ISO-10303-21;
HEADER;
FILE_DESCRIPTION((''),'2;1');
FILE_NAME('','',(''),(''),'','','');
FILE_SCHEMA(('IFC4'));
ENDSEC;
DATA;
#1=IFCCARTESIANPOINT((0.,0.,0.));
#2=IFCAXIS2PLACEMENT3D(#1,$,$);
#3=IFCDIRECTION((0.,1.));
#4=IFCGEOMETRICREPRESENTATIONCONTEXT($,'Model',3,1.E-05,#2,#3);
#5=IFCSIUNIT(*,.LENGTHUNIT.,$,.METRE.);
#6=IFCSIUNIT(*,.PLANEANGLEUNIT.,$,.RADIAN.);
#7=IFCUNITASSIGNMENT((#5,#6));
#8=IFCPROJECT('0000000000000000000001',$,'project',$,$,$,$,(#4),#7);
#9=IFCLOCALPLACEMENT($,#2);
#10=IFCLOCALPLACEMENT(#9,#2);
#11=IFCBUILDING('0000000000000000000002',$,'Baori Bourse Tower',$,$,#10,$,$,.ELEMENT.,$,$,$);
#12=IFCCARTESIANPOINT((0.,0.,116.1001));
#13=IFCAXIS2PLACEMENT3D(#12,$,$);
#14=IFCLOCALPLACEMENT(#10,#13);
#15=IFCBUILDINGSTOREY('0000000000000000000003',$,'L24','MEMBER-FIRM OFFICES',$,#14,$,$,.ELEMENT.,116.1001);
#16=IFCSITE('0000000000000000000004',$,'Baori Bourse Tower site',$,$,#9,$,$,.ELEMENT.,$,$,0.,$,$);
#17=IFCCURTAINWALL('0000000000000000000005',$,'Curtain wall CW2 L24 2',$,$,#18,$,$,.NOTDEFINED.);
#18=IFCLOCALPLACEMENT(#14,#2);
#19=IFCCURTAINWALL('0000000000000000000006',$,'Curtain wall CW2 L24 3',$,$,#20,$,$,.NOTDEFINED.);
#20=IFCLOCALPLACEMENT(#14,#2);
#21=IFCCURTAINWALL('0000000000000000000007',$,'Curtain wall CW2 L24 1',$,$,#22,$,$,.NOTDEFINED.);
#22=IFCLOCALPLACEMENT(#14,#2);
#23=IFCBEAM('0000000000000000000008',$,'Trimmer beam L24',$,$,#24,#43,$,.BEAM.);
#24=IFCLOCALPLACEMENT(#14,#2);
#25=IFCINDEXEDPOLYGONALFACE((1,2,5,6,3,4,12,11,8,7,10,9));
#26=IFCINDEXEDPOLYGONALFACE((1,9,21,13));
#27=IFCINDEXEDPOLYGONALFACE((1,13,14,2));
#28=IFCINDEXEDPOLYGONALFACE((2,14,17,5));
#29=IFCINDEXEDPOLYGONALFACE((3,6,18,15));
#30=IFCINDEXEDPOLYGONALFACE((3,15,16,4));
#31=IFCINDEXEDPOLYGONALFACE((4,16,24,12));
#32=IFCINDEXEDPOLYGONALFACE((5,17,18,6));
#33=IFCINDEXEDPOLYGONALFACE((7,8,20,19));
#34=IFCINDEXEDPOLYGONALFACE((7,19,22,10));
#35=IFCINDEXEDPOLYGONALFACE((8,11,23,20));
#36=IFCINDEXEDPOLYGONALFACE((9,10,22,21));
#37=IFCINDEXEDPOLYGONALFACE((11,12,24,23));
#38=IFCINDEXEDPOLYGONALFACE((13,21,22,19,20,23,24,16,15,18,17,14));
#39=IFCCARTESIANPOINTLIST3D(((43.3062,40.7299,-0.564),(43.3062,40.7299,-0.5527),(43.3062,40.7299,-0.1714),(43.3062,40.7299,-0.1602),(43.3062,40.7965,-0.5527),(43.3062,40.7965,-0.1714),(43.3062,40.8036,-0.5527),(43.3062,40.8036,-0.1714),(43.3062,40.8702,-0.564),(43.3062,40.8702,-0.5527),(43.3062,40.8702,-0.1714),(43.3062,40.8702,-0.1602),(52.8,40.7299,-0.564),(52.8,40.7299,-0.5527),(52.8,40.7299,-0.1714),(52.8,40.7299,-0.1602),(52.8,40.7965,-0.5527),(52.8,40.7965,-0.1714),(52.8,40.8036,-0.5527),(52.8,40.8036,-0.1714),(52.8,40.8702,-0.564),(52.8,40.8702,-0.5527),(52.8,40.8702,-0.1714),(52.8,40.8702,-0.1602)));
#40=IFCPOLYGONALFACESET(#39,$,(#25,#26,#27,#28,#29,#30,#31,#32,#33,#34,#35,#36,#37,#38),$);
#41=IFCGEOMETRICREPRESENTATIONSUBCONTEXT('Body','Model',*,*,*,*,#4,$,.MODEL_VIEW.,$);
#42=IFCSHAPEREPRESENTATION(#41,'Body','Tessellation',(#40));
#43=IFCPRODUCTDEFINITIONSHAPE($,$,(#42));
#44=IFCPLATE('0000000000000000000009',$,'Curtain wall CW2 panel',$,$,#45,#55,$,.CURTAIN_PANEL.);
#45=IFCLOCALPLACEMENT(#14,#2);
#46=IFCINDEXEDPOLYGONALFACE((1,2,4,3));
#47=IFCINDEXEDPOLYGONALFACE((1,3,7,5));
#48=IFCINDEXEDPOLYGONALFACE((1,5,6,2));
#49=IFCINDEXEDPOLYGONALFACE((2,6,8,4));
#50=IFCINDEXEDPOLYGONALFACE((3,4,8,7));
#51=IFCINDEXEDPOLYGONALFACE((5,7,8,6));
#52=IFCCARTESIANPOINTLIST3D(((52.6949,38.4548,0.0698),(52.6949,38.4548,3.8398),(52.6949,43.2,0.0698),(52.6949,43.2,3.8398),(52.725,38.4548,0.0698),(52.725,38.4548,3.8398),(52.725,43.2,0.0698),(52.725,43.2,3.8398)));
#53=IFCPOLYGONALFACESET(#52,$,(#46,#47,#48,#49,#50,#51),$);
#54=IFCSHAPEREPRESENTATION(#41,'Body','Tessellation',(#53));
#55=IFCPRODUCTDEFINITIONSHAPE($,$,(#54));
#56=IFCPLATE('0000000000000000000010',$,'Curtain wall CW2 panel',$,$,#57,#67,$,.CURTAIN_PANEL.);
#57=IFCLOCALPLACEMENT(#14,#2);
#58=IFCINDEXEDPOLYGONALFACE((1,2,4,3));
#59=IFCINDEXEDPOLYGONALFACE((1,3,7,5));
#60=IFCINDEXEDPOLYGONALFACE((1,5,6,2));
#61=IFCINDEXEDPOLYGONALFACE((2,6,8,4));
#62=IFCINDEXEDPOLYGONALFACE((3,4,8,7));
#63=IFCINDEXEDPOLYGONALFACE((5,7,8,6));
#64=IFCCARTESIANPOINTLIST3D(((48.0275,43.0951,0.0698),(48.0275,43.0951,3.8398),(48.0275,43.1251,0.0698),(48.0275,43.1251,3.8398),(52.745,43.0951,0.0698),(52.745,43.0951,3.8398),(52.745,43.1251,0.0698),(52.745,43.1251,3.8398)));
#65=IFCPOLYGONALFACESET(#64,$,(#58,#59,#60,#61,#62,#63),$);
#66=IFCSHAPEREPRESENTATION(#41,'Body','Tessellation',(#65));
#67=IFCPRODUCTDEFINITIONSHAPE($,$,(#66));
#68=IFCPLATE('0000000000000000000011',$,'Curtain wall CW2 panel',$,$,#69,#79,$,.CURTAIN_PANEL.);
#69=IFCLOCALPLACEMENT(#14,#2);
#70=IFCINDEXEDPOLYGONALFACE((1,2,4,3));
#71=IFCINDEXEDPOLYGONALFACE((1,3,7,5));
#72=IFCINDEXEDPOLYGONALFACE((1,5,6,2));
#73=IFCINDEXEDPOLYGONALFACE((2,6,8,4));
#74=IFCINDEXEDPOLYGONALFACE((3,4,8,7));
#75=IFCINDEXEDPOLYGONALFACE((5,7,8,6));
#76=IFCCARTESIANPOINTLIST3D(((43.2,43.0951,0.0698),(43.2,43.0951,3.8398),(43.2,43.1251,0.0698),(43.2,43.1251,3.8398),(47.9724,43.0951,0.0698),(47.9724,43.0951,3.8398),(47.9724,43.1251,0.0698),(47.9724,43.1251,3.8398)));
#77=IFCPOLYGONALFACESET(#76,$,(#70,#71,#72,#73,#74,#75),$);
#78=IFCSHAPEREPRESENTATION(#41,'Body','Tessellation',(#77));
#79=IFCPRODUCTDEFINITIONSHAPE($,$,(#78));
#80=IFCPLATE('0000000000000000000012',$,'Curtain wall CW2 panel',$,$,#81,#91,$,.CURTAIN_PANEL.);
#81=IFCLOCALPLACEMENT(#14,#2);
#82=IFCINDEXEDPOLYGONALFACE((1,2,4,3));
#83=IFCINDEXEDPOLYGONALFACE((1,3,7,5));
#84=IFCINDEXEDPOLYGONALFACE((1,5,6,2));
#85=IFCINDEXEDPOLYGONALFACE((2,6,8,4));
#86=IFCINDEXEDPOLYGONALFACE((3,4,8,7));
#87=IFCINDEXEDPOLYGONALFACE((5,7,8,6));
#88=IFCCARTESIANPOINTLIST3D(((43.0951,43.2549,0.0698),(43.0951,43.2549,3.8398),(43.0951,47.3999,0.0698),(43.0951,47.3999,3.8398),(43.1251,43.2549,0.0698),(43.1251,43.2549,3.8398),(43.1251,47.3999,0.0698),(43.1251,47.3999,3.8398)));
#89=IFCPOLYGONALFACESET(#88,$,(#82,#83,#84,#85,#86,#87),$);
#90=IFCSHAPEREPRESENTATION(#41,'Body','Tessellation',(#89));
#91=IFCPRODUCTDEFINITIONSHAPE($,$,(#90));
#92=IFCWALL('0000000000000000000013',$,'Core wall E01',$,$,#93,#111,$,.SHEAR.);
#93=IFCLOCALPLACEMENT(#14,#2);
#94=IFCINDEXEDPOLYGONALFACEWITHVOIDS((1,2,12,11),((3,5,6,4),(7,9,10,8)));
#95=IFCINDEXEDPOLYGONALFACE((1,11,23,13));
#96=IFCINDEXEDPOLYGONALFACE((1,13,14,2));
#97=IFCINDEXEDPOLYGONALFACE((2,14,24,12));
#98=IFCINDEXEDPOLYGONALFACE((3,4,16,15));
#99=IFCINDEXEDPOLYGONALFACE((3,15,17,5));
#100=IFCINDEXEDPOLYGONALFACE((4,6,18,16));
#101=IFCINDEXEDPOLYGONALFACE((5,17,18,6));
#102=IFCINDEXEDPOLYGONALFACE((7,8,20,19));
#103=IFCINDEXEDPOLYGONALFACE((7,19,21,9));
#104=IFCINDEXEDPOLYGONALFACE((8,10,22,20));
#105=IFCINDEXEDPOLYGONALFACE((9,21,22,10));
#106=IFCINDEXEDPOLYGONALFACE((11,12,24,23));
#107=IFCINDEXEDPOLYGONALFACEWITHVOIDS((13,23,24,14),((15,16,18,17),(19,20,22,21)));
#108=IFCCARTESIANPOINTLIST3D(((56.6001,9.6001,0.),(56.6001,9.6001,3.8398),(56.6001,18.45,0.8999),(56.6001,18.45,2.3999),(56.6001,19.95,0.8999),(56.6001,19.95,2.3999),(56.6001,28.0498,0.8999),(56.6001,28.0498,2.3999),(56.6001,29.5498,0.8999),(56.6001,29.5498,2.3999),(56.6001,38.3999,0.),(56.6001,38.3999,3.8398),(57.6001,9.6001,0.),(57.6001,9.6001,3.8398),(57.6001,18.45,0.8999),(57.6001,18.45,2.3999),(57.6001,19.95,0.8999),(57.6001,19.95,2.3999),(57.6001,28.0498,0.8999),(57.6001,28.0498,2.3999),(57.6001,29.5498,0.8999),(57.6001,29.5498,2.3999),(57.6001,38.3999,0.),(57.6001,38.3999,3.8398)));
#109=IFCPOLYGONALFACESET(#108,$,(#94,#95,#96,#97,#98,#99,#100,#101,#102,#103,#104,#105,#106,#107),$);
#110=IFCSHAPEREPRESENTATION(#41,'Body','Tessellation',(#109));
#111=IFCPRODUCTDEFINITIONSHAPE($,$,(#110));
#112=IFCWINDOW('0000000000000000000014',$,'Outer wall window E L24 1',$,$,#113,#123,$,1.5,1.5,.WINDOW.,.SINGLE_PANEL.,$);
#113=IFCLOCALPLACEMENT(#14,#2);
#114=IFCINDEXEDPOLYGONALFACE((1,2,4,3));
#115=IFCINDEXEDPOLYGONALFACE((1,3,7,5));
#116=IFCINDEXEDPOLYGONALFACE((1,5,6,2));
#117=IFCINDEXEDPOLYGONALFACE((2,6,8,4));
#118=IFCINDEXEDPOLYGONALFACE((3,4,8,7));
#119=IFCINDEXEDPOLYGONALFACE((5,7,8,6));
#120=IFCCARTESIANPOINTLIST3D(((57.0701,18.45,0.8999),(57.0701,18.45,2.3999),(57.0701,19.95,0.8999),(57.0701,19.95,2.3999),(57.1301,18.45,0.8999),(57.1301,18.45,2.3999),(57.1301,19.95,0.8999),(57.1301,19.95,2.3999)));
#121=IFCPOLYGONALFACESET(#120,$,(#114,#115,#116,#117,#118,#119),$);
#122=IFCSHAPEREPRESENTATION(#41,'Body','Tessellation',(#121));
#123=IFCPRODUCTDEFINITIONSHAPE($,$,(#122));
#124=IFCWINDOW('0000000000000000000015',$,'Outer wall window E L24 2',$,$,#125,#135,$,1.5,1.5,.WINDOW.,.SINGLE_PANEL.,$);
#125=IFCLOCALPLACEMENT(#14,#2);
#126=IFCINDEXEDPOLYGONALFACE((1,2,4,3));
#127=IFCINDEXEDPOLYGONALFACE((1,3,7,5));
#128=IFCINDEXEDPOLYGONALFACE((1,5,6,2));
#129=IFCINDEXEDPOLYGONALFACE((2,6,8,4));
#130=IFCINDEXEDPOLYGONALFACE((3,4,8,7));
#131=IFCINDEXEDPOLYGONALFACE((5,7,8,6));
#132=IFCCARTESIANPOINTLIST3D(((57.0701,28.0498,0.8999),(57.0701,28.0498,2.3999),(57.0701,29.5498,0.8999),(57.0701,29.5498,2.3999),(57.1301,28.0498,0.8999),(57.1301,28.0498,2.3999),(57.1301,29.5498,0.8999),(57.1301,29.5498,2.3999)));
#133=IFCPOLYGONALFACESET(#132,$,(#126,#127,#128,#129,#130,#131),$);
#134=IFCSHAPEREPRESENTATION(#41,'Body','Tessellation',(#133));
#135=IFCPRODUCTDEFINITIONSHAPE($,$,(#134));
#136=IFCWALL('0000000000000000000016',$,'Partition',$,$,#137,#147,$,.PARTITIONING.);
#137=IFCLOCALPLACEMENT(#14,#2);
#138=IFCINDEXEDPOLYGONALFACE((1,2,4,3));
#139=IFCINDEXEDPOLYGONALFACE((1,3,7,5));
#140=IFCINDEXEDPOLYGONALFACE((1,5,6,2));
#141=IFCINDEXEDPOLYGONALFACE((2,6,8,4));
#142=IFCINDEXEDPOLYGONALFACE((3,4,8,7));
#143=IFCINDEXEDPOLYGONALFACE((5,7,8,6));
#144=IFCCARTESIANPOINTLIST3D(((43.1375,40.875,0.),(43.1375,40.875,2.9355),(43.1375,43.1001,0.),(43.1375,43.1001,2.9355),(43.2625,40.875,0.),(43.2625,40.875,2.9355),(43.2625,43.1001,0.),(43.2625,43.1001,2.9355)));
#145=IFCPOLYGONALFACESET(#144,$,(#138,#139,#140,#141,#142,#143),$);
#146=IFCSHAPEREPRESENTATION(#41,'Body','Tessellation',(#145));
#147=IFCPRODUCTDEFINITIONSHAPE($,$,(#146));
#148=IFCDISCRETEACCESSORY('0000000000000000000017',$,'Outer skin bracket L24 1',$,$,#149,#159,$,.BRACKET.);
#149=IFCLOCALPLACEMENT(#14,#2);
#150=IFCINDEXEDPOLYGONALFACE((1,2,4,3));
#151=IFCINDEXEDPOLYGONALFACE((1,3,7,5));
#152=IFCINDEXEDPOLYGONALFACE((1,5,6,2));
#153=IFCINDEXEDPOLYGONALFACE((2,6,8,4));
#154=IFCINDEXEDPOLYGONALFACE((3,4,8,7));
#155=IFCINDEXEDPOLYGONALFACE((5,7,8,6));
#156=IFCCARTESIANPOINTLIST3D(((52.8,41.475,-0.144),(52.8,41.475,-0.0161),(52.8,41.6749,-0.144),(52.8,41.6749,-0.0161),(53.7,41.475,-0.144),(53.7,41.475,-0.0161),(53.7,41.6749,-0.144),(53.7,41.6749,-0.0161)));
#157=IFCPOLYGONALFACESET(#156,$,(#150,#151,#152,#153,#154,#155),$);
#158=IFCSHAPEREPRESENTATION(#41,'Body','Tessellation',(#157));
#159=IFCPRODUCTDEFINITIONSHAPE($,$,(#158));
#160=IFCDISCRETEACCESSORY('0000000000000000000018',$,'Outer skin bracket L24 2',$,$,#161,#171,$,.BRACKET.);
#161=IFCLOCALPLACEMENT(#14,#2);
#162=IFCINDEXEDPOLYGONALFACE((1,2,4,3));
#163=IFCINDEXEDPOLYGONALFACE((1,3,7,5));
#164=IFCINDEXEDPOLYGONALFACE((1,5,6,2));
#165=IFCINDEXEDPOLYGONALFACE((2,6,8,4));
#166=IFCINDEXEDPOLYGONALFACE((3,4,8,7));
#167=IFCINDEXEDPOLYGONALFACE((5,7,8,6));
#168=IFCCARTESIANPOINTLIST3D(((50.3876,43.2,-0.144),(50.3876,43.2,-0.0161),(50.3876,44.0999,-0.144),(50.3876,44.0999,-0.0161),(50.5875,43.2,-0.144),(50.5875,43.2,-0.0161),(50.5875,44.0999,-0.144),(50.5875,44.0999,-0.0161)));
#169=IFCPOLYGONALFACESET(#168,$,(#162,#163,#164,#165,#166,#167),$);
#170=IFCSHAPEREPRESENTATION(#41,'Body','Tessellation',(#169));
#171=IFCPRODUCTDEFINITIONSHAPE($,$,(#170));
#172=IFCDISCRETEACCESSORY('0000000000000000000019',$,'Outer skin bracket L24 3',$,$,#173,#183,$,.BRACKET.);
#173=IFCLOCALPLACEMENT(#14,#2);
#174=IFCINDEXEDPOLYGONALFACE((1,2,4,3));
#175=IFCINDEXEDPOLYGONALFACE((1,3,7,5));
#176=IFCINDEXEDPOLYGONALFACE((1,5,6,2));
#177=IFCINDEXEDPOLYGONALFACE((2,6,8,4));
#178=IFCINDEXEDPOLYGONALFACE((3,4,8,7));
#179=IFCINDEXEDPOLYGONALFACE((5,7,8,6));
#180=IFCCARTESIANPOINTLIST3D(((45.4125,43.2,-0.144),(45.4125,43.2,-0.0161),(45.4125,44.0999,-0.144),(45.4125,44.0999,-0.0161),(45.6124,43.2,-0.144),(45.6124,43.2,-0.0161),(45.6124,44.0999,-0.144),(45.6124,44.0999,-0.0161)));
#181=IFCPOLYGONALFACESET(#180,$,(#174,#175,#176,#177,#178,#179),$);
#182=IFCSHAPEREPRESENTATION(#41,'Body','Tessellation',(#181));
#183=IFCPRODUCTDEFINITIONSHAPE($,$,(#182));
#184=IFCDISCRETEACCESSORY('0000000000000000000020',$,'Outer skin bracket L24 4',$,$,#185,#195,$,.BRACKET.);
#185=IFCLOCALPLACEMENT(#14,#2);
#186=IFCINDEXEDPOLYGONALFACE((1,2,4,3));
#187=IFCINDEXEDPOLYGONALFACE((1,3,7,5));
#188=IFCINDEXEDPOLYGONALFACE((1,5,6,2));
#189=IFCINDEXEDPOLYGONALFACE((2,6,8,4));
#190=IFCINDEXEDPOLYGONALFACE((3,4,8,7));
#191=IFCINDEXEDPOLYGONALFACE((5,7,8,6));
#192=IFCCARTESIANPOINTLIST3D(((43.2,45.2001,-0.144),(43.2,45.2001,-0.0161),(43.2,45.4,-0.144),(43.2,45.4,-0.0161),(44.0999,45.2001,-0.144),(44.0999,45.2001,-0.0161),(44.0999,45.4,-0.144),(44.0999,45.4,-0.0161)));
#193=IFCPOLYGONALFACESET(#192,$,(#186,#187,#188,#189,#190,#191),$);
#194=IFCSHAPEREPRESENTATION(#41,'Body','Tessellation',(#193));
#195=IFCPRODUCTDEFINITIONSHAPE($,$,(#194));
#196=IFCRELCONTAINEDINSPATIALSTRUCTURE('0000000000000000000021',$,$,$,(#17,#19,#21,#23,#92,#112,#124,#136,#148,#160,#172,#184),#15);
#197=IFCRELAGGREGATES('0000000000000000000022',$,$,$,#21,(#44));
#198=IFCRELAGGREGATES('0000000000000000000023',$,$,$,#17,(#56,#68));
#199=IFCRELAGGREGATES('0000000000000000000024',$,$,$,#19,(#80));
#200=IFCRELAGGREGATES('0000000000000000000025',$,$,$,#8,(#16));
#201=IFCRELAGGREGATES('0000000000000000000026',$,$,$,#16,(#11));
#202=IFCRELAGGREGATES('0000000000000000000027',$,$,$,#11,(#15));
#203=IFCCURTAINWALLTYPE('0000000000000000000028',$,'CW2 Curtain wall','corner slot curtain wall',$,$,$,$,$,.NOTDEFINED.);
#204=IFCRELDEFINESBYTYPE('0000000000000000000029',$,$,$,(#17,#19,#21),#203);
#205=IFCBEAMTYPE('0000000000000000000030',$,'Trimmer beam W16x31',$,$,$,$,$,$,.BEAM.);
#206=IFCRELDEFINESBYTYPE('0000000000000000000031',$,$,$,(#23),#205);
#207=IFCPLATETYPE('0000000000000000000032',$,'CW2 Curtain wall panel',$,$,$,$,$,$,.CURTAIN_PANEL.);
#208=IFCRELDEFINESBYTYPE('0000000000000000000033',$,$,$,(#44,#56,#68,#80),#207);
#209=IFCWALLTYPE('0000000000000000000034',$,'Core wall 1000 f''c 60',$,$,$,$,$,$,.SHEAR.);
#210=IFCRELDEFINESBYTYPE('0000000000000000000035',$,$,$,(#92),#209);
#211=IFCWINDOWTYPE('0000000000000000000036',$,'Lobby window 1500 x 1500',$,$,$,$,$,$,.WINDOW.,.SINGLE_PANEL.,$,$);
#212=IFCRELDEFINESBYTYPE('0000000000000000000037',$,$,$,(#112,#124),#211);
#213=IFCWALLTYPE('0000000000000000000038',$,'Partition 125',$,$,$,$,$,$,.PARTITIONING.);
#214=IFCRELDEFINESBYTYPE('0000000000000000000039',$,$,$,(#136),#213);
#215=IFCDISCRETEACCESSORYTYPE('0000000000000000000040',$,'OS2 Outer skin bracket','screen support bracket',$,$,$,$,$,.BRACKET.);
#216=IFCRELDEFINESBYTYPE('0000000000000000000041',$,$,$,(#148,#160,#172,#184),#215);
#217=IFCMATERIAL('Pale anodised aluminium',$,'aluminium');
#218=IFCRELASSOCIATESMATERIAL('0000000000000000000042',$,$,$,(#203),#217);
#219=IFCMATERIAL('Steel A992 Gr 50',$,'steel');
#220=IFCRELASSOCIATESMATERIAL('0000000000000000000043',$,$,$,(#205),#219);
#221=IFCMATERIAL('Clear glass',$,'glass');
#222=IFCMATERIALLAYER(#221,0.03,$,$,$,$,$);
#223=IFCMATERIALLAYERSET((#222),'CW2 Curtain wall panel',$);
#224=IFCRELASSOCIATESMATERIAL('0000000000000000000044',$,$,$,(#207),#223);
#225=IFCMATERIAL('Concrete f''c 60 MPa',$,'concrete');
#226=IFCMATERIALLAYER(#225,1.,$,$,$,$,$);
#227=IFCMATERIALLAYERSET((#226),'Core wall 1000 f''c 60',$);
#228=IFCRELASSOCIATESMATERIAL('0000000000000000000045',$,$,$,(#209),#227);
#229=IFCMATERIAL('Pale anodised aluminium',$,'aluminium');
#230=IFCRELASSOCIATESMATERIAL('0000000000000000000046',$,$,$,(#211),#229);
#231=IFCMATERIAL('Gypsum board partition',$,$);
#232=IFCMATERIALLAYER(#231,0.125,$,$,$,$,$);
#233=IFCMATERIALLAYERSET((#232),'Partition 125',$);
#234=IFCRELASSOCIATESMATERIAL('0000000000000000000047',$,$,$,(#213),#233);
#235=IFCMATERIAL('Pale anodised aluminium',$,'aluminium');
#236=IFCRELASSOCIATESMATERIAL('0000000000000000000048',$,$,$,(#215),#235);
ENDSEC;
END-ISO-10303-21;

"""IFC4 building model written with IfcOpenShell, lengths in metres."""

from ifc_helpers import new_model, si_unit, direction, frame, frame_2d, origin, origin_2d, place, context, subcontext, project, spatial, rectangle, i_section, extrude, material, layer, layer_set, material_profile, profile_set, type_object, element, fill, aggregate, save


model = new_model("IFC4")

# Units and contexts
model_context = context("Model", 3, precision=1e-05, world=origin(), true_north=direction((0.0, 1.0)))
body_context = subcontext(model_context, "Body", "Model", "MODEL_VIEW")
ifc_project = project(units=[si_unit("LENGTHUNIT", "METRE"), si_unit("PLANEANGLEUNIT", "RADIAN")], contexts=[model_context])

# Site, building, storey
site_placement = place(None, origin())
site = spatial("IfcSite", under=ifc_project, at=site_placement, Name="Baori Bourse Tower site", CompositionType="ELEMENT", RefElevation=0.0)
building_placement = place(site_placement, origin())
building = spatial("IfcBuilding", under=site, at=building_placement, Name="Baori Bourse Tower", CompositionType="ELEMENT")
storey_placement = place(building_placement, frame((0.0, 0.0, 116.1001)))
storey = spatial("IfcBuildingStorey", under=building, at=storey_placement, Name="L24", Description="MEMBER-FIRM OFFICES", CompositionType="ELEMENT", Elevation=116.1001)

# Curtain wall
ifc_material_1 = material(Name="Pale anodised aluminium", Category="aluminium")
curtain_wall_type_1 = type_object("IfcCurtainWallType", Name="CW2 Curtain wall", Description="corner slot curtain wall", PredefinedType="NOTDEFINED", material=ifc_material_1)
curtain_wall_1_placement = place(storey_placement, origin())
curtain_wall_1 = element("IfcCurtainWall", 1, at=curtain_wall_1_placement, inside=storey, type_object=curtain_wall_type_1, Name="Curtain wall CW2 L24 2", PredefinedType="NOTDEFINED")

# Curtain walls
curtain_wall_2_placement = place(storey_placement, origin())
curtain_wall_2 = element("IfcCurtainWall", 2, at=curtain_wall_2_placement, inside=storey, type_object=curtain_wall_type_1, Name="Curtain wall CW2 L24 3", PredefinedType="NOTDEFINED")
curtain_wall_3_placement = place(storey_placement, origin())
curtain_wall_3 = element("IfcCurtainWall", 3, at=curtain_wall_3_placement, inside=storey, type_object=curtain_wall_type_1, Name="Curtain wall CW2 L24 1", PredefinedType="NOTDEFINED")

# Beam
ifc_material_2 = material(Name="Steel A992 Gr 50", Category="steel")
ifc_material_profile_1 = material_profile(ifc_material_2, i_section(OverallWidth=0.1404, OverallDepth=0.4038, WebThickness=0.0071, FlangeThickness=0.0112, at=origin_2d()), Name="W16x31")
ifc_profile_set_1 = profile_set([ifc_material_profile_1], Name="Steel A992 Gr 50")
beam_type_1 = type_object("IfcBeamType", Name="Trimmer beam W16x31", PredefinedType="BEAM", material=ifc_profile_set_1)
beam_1_placement = place(storey_placement, frame((43.3062, 40.8, -0.3621), z_axis=(1.0, 0.0, 0.0), x_axis=(0.0, 1.0, 0.0)))
element("IfcBeam", 4, at=beam_1_placement, inside=storey, type_object=beam_type_1, Name="Trimmer beam L24", PredefinedType="BEAM", context=body_context, shape_type="SweptSolid", body=[
    extrude(i_section(OverallWidth=0.1404, OverallDepth=0.4038, WebThickness=0.0071, FlangeThickness=0.0112, at=origin_2d()), origin(), (0.0, 0.0, 1.0), 9.4939),
])

# Plates
ifc_material_3 = material(Name="Clear glass", Category="glass")
ifc_layer_1 = layer(ifc_material_3, 0.03)
ifc_layer_set_1 = layer_set([ifc_layer_1], Name="CW2 Curtain wall panel")
plate_type = type_object("IfcPlateType", Name="CW2 Curtain wall panel", PredefinedType="CURTAIN_PANEL", material=ifc_layer_set_1)
plate_1_placement = place(storey_placement, frame((52.71, 40.8274, 0.0698), z_axis=(0.0, 0.0, 1.0), x_axis=(0.0, 1.0, 0.0)))
plate_1 = element("IfcPlate", 5, at=plate_1_placement, type_object=plate_type, Name="Curtain wall CW2 panel", PredefinedType="CURTAIN_PANEL", context=body_context, shape_type="SweptSolid", body=[
    extrude(rectangle(XDim=4.7451, YDim=0.03, at=origin_2d()), origin(), (0.0, 0.0, 1.0), 3.77),
])
aggregate(curtain_wall_3, [plate_1])
plate_2_placement = place(storey_placement, frame((50.3862, 43.1101, 0.0698), z_axis=(0.0, 0.0, 1.0), x_axis=(-1.0, 0.0, 0.0)))
plate_2 = element("IfcPlate", 6, at=plate_2_placement, type_object=plate_type, Name="Curtain wall CW2 panel", PredefinedType="CURTAIN_PANEL", context=body_context, shape_type="SweptSolid", body=[
    extrude(rectangle(XDim=4.7175, YDim=0.03, at=origin_2d()), origin(), (0.0, 0.0, 1.0), 3.77),
])
plate_3_placement = place(storey_placement, frame((45.5862, 43.1101, 0.0698), z_axis=(0.0, 0.0, 1.0), x_axis=(-1.0, 0.0, 0.0)))
plate_3 = element("IfcPlate", 7, at=plate_3_placement, type_object=plate_type, Name="Curtain wall CW2 panel", PredefinedType="CURTAIN_PANEL", context=body_context, shape_type="SweptSolid", body=[
    extrude(rectangle(XDim=4.7725, YDim=0.03, at=origin_2d()), origin(), (0.0, 0.0, 1.0), 3.77),
])
aggregate(curtain_wall_1, [plate_2, plate_3])
plate_4_placement = place(storey_placement, frame((43.1101, 45.3274, 0.0698), z_axis=(0.0, 0.0, 1.0), x_axis=(0.0, 1.0, 0.0)))
plate_4 = element("IfcPlate", 8, at=plate_4_placement, type_object=plate_type, Name="Curtain wall CW2 panel", PredefinedType="CURTAIN_PANEL", context=body_context, shape_type="SweptSolid", body=[
    extrude(rectangle(XDim=4.145, YDim=0.03, at=origin_2d()), origin(), (0.0, 0.0, 1.0), 3.77),
])
aggregate(curtain_wall_2, [plate_4])

# Wall, openings, windows
ifc_material_4 = material(Name="Concrete f'c 60 MPa", Category="concrete")
ifc_layer_2 = layer(ifc_material_4, 1.0)
ifc_layer_set_2 = layer_set([ifc_layer_2], Name="Core wall 1000 f'c 60")
wall_type_1 = type_object("IfcWallType", Name="Core wall 1000 f'c 60", PredefinedType="SHEAR", material=ifc_layer_set_2)
wall_1_placement = place(storey_placement, frame((57.1001, 38.3999, 0.0), z_axis=(0.0, 0.0, 1.0), x_axis=(0.0, -1.0, 0.0)))
wall_1 = element("IfcWall", 9, at=wall_1_placement, inside=storey, type_object=wall_type_1, Name="Core wall E01", PredefinedType="SHEAR", context=body_context, shape_type="SweptSolid", body=[
    extrude(rectangle(XDim=28.7998, YDim=1.0, at=frame_2d((14.3999, 0.0))), origin(), (0.0, 0.0, 1.0), 3.8398),
])
opening_1_placement = place(wall_1_placement, frame((18.45, 0.0, 0.8999)))
opening_1 = element("IfcOpeningElement", 10, at=opening_1_placement, cuts=wall_1, PredefinedType="OPENING", context=body_context, shape_type="SweptSolid", body=[
    extrude(rectangle(XDim=1.5, YDim=1.5, at=frame_2d((0.75, 0.75))), frame((0.0, 0.51, 0.0), z_axis=(0.0, -1.0, 0.0), x_axis=(1.0, 0.0, 0.0)), (0.0, 0.0, 1.0), 1.02),
])
opening_2_placement = place(wall_1_placement, frame((8.8501, 0.0, 0.8999)))
opening_2 = element("IfcOpeningElement", 11, at=opening_2_placement, cuts=wall_1, PredefinedType="OPENING", context=body_context, shape_type="SweptSolid", body=[
    extrude(rectangle(XDim=1.5, YDim=1.5, at=frame_2d((0.75, 0.75))), frame((0.0, 0.51, 0.0), z_axis=(0.0, -1.0, 0.0), x_axis=(1.0, 0.0, 0.0)), (0.0, 0.0, 1.0), 1.02),
])
ifc_material_5 = material(Name="Pale anodised aluminium", Category="aluminium")
window_type = type_object("IfcWindowType", Name="Lobby window 1500 x 1500", PartitioningType="SINGLE_PANEL", PredefinedType="WINDOW", material=ifc_material_5)
window_1_placement = place(opening_1_placement, origin())
window_1 = element("IfcWindow", 12, at=window_1_placement, inside=storey, type_object=window_type, Name="Outer wall window E L24 1", OverallHeight=1.5, OverallWidth=1.5, PartitioningType="SINGLE_PANEL", PredefinedType="WINDOW", context=body_context, shape_type="SweptSolid", body=[
    extrude(rectangle(XDim=1.5, YDim=1.5, at=frame_2d((0.75, 0.75))), frame((0.0, 0.03, 0.0), z_axis=(0.0, -1.0, 0.0), x_axis=(1.0, 0.0, 0.0)), (0.0, 0.0, 1.0), 0.0601),
])
fill(opening_1, window_1)
window_2_placement = place(opening_2_placement, origin())
window_2 = element("IfcWindow", 13, at=window_2_placement, inside=storey, type_object=window_type, Name="Outer wall window E L24 2", OverallHeight=1.5, OverallWidth=1.5, PartitioningType="SINGLE_PANEL", PredefinedType="WINDOW", context=body_context, shape_type="SweptSolid", body=[
    extrude(rectangle(XDim=1.5, YDim=1.5, at=frame_2d((0.75, 0.75))), frame((0.0, 0.03, 0.0), z_axis=(0.0, -1.0, 0.0), x_axis=(1.0, 0.0, 0.0)), (0.0, 0.0, 1.0), 0.0601),
])
fill(opening_2, window_2)

# Wall
ifc_material_6 = material(Name="Gypsum board partition")
ifc_layer_3 = layer(ifc_material_6, 0.125)
ifc_layer_set_3 = layer_set([ifc_layer_3], Name="Partition 125")
wall_type_2 = type_object("IfcWallType", Name="Partition 125", PredefinedType="PARTITIONING", material=ifc_layer_set_3)
wall_2_placement = place(storey_placement, frame((43.2, 40.875, 0.0), z_axis=(0.0, 0.0, 1.0), x_axis=(0.0, 1.0, 0.0)))
element("IfcWall", 14, at=wall_2_placement, inside=storey, type_object=wall_type_2, Name="Partition", PredefinedType="PARTITIONING", context=body_context, shape_type="SweptSolid", body=[
    extrude(rectangle(XDim=2.2251, YDim=0.125, at=frame_2d((1.1125, 0.0))), origin(), (0.0, 0.0, 1.0), 2.9355),
])

# Discrete accessories
ifc_material_7 = material(Name="Pale anodised aluminium", Category="aluminium")
discrete_accessory_type = type_object("IfcDiscreteAccessoryType", Name="OS2 Outer skin bracket", Description="screen support bracket", PredefinedType="BRACKET", material=ifc_material_7)
for number, where, z_axis, x_axis, name in (
    (15, (53.25, 41.575, -0.144), (0.0, 0.0, 1.0), (0.0, 1.0, 0.0), "Outer skin bracket L24 1"),
    (16, (50.4875, 43.6499, -0.144), (0.0, 0.0, 1.0), (-1.0, 0.0, 0.0), "Outer skin bracket L24 2"),
    (17, (45.5125, 43.6499, -0.144), (0.0, 0.0, 1.0), (-1.0, 0.0, 0.0), "Outer skin bracket L24 3"),
    (18, (43.6499, 45.3, -0.144), (0.0, 0.0, 1.0), (0.0, 1.0, 0.0), "Outer skin bracket L24 4"),
):
    element("IfcDiscreteAccessory", number, at=place(storey_placement, frame(where, z_axis=z_axis, x_axis=x_axis)), inside=storey, type_object=discrete_accessory_type, Name=name, PredefinedType="BRACKET", context=body_context, shape_type="SweptSolid", body=[
        extrude(rectangle(XDim=0.2, YDim=0.8999, at=origin_2d()), origin(), (0.0, 0.0, 1.0), 0.1279),
    ])

save(model, "model.ifc")
